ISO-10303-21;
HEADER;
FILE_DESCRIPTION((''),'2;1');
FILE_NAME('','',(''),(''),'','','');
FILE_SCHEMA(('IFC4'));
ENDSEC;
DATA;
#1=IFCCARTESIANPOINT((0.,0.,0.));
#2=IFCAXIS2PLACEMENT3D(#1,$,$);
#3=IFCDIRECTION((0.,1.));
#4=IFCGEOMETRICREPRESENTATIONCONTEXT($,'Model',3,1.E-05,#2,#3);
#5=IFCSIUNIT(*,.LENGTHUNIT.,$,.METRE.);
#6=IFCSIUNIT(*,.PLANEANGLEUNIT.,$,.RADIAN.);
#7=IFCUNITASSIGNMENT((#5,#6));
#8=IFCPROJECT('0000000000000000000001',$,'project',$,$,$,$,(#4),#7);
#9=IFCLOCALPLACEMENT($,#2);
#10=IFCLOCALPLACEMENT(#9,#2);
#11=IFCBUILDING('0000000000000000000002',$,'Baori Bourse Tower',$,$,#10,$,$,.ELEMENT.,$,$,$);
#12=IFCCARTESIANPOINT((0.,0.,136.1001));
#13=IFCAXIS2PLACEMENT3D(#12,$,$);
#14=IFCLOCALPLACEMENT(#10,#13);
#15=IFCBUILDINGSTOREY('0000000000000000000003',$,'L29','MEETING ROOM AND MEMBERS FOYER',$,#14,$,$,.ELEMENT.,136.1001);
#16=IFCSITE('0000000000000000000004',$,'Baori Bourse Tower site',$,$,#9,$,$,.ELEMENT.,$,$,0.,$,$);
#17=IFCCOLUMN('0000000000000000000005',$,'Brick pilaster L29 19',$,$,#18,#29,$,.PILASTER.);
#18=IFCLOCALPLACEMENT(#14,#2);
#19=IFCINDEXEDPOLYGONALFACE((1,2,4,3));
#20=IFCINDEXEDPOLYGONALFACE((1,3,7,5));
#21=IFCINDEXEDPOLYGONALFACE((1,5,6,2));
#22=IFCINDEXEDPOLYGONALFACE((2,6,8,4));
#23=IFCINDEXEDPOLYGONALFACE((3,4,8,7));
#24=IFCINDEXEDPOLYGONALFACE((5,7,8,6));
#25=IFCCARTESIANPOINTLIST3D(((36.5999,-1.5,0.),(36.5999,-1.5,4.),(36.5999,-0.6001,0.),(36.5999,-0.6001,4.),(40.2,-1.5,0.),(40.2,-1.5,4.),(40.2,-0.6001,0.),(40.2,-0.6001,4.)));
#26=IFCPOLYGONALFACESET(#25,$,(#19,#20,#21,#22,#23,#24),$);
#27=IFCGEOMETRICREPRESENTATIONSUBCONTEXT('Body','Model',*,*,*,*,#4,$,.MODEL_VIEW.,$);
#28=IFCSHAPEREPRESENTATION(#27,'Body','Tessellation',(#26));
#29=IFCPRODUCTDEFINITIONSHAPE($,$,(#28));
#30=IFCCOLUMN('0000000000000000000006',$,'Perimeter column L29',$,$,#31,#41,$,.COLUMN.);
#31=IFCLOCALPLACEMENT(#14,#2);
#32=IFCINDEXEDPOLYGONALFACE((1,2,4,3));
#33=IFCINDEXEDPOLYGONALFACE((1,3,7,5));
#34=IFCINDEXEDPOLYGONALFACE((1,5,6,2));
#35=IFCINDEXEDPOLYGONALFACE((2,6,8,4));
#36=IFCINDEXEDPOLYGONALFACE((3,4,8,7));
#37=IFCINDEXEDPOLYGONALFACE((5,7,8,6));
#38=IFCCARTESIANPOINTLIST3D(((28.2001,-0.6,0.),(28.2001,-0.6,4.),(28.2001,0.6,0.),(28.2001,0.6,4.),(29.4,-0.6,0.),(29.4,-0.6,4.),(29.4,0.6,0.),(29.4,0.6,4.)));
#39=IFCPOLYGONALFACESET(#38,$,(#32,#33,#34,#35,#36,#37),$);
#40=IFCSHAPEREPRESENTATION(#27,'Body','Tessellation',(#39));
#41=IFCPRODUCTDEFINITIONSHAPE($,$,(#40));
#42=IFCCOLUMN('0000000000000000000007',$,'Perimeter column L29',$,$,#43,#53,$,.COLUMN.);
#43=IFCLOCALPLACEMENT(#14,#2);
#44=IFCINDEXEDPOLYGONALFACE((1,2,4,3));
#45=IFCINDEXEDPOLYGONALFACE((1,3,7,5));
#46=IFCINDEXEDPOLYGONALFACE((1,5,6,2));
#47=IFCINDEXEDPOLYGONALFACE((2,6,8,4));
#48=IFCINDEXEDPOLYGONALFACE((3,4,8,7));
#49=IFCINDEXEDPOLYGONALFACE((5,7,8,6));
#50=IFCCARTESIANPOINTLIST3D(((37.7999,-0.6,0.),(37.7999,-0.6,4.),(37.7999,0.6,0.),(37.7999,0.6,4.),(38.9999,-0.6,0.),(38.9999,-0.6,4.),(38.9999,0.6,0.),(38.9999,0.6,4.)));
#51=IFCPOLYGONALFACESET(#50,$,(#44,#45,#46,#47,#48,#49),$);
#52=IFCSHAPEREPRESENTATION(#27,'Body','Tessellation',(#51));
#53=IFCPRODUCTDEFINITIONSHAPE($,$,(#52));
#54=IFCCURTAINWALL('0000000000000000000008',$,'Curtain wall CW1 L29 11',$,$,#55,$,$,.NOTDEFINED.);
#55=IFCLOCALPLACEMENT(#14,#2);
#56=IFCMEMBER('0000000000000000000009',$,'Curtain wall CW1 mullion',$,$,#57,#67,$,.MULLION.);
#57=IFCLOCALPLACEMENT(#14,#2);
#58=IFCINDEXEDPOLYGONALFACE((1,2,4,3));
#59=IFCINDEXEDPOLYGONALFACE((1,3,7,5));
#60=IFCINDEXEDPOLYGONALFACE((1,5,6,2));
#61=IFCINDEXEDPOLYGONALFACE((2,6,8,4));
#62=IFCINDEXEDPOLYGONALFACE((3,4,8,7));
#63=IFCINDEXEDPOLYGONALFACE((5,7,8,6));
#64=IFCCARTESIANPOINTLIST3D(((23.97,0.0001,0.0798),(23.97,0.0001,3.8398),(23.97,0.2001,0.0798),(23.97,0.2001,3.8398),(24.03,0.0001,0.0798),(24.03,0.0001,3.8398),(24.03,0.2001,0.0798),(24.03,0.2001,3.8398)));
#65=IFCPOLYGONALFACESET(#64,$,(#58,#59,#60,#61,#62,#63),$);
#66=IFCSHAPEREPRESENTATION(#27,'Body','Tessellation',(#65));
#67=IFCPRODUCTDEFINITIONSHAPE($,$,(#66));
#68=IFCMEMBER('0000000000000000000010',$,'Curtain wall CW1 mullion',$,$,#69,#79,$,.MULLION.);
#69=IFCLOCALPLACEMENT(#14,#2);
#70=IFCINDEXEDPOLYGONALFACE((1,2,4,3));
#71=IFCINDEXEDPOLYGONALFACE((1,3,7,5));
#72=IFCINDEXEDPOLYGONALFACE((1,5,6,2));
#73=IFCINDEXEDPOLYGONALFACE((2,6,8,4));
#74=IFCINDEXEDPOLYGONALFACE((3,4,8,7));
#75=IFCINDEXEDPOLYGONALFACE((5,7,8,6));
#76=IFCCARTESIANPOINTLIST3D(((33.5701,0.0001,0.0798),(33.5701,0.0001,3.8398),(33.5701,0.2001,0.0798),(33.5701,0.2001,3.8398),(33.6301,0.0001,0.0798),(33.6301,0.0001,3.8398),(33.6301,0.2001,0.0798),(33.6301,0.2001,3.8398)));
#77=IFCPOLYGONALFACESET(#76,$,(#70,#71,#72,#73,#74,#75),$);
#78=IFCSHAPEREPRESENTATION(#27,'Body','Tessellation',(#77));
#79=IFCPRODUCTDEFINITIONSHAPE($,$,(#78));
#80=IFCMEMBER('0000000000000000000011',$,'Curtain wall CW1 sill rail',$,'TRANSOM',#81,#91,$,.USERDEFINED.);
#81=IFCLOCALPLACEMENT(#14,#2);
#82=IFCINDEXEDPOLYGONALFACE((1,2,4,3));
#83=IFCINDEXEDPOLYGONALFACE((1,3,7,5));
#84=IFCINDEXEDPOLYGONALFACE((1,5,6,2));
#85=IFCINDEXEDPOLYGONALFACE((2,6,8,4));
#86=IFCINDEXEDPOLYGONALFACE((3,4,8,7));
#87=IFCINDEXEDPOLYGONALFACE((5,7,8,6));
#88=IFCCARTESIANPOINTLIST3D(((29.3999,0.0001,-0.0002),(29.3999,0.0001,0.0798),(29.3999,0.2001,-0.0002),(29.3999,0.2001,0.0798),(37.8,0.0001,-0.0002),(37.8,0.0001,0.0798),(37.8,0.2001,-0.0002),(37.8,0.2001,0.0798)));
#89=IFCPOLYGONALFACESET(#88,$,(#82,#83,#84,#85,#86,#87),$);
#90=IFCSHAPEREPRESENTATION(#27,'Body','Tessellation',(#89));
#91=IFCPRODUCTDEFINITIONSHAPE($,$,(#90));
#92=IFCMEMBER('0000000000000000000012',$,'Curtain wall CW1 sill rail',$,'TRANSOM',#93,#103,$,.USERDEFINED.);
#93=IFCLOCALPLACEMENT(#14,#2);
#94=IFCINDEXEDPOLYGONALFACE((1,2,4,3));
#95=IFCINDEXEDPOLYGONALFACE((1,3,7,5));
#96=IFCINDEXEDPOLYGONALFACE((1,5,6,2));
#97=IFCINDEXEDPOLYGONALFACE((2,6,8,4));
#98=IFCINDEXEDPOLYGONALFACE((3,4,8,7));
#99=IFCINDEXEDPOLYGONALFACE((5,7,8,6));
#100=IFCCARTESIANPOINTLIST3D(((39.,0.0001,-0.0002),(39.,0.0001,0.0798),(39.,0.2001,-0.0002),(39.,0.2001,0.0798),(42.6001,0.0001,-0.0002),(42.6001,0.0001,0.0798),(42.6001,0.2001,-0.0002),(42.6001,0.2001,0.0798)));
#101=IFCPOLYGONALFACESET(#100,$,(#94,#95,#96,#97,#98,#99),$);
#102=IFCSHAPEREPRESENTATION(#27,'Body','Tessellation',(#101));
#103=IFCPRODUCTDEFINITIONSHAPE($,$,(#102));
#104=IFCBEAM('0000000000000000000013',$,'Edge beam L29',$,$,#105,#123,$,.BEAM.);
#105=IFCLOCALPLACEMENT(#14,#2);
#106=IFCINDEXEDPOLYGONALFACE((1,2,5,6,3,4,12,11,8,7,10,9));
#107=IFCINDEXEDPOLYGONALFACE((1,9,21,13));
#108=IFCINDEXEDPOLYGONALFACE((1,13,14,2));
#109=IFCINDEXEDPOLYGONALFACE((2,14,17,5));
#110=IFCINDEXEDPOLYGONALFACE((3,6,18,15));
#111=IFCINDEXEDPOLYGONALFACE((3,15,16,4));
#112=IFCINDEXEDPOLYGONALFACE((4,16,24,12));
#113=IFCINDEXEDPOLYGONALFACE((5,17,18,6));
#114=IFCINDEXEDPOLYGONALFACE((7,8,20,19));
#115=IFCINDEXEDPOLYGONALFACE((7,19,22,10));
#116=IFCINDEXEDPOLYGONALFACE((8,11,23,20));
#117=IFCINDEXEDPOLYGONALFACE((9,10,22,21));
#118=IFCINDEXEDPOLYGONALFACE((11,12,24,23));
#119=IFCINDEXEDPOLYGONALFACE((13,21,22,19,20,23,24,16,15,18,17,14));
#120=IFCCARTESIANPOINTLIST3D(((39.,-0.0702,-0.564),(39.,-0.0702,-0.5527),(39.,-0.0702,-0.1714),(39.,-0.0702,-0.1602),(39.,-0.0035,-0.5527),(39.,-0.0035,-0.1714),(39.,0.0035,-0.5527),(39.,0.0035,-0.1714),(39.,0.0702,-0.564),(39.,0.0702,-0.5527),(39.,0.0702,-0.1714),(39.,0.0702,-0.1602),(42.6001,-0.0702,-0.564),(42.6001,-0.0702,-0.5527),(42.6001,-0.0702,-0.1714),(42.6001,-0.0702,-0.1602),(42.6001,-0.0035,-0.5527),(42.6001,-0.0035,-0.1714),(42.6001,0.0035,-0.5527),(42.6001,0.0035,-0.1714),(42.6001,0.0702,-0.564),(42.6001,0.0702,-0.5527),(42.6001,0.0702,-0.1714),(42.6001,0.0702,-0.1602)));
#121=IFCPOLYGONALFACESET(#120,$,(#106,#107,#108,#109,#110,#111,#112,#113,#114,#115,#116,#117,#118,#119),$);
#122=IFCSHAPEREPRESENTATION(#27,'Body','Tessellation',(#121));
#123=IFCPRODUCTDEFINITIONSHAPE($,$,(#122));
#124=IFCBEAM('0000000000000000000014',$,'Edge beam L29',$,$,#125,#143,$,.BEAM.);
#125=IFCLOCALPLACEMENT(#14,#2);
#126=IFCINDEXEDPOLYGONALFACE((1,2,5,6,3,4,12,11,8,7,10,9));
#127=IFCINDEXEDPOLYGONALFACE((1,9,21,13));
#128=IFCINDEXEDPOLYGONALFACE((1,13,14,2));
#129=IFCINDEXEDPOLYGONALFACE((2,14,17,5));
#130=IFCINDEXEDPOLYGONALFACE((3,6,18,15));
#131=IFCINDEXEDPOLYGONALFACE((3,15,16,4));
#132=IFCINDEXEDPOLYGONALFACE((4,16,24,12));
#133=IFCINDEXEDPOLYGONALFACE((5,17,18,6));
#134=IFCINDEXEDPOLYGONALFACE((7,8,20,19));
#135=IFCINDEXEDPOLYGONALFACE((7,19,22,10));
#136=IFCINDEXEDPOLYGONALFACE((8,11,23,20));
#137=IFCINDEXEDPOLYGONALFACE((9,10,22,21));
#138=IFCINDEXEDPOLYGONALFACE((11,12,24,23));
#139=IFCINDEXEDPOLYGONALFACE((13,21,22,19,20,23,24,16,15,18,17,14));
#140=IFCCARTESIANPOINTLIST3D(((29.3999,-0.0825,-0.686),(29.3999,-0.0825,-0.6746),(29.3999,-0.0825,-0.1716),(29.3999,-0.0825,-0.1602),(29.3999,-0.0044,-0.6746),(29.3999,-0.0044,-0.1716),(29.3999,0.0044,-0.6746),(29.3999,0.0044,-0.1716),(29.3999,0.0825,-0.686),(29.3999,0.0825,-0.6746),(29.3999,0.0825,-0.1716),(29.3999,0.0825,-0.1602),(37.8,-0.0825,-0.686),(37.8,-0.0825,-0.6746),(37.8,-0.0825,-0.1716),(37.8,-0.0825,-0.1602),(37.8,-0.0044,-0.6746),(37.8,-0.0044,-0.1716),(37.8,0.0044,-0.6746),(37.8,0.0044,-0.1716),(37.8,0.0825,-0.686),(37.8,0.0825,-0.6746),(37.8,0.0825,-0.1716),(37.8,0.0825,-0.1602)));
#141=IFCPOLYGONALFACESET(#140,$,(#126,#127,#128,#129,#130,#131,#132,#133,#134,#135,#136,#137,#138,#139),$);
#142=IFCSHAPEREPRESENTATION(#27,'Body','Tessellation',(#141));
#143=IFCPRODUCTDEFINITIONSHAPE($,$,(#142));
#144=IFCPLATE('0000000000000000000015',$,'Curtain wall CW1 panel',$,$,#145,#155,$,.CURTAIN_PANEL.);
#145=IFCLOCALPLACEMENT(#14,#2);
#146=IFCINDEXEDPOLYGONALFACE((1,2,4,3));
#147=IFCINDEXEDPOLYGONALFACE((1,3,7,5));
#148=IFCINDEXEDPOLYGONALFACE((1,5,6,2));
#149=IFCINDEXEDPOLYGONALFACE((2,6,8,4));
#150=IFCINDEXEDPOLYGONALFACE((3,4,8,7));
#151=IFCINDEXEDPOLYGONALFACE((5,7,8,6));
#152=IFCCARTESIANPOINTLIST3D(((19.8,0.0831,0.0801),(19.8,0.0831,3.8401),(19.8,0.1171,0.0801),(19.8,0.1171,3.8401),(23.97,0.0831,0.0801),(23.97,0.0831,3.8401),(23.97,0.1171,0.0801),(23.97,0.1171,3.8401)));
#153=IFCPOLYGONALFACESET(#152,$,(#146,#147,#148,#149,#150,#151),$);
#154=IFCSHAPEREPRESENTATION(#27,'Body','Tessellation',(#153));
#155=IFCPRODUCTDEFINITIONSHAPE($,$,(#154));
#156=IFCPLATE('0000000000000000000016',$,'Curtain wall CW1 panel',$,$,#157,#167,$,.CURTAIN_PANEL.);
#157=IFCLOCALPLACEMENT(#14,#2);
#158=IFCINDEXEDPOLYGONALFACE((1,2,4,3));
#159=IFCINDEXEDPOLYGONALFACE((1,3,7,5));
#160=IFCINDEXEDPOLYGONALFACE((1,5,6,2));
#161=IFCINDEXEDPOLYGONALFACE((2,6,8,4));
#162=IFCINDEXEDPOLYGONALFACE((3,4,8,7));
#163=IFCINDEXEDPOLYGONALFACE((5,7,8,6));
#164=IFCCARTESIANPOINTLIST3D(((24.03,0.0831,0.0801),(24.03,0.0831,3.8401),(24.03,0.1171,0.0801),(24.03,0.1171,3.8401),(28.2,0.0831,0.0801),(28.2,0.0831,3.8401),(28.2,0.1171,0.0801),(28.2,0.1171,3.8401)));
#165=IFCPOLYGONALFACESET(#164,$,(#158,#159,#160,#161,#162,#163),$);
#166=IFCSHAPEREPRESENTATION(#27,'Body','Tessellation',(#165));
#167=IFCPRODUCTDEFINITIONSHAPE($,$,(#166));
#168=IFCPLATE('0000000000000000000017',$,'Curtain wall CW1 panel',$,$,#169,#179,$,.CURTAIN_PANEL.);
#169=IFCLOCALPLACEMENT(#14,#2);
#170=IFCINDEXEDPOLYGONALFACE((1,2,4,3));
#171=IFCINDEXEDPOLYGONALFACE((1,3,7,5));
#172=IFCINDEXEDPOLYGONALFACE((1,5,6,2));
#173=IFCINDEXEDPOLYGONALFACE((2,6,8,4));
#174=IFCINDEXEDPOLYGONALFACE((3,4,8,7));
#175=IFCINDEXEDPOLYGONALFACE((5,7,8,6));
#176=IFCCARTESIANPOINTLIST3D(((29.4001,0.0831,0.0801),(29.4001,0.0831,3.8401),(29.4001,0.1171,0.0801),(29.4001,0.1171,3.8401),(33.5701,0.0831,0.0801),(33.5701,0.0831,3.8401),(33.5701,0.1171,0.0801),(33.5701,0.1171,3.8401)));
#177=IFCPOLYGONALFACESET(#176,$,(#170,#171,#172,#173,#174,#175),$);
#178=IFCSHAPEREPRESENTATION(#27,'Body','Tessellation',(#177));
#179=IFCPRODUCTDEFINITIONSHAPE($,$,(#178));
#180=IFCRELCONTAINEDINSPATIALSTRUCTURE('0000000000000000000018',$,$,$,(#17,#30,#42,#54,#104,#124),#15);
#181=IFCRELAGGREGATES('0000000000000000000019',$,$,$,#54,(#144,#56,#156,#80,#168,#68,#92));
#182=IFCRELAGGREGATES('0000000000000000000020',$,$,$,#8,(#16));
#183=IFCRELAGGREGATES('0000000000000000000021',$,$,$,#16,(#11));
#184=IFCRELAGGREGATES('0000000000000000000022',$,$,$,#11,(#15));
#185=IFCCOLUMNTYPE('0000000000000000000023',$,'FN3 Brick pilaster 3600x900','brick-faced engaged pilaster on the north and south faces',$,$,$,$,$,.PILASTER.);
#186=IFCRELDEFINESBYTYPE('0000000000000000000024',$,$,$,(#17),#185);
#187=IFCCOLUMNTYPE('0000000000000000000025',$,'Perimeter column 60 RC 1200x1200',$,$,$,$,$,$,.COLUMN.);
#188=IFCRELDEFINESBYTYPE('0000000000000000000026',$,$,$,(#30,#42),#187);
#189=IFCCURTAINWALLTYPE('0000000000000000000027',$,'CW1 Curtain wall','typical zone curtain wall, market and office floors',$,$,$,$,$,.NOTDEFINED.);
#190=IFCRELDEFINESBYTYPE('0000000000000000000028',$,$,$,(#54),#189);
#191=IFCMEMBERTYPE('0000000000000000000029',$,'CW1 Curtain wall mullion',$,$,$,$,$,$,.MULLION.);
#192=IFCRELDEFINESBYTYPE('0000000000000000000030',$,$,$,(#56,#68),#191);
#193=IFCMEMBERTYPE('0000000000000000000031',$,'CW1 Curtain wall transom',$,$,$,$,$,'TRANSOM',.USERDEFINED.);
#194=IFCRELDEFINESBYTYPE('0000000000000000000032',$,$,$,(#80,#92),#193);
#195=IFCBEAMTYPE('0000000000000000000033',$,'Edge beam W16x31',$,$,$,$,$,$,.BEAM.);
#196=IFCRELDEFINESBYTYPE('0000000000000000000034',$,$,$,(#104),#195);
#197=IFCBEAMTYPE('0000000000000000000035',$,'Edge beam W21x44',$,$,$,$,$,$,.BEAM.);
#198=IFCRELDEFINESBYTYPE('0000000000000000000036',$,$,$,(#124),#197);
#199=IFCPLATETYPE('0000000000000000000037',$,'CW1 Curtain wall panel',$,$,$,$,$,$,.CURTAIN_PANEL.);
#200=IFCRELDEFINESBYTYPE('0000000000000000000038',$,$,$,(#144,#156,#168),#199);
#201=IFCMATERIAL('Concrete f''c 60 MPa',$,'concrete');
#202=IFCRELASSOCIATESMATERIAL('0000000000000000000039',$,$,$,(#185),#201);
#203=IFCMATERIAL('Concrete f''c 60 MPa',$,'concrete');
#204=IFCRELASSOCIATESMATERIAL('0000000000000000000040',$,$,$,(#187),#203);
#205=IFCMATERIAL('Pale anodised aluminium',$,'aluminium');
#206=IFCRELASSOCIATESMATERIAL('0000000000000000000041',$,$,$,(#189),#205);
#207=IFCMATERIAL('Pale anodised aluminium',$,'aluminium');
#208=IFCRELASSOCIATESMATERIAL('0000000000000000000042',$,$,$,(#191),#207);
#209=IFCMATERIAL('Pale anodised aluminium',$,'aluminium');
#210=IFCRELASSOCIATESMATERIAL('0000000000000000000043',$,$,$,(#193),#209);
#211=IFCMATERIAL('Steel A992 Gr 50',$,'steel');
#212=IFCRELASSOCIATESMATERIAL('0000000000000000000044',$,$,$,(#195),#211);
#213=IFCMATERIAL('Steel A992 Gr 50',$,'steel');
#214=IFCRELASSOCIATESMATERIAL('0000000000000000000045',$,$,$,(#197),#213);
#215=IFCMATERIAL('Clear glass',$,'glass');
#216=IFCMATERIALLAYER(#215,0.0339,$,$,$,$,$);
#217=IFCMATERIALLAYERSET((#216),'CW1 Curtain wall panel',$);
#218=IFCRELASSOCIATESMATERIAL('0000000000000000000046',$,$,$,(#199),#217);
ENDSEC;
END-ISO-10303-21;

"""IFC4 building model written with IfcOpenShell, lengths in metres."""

from ifc_helpers import new_model, si_unit, direction, frame, origin, origin_2d, place, context, subcontext, project, spatial, rectangle, i_section, extrude, material, layer, layer_set, material_profile, profile_set, type_object, element, aggregate, save


model = new_model("IFC4")

# Units and contexts
model_context = context("Model", 3, precision=1e-05, world=origin(), true_north=direction((0.0, 1.0)))
body_context = subcontext(model_context, "Body", "Model", "MODEL_VIEW")
ifc_project = project(units=[si_unit("LENGTHUNIT", "METRE"), si_unit("PLANEANGLEUNIT", "RADIAN")], contexts=[model_context])

# Site, building, storey
site_placement = place(None, origin())
site = spatial("IfcSite", under=ifc_project, at=site_placement, Name="Baori Bourse Tower site", CompositionType="ELEMENT", RefElevation=0.0)
building_placement = place(site_placement, origin())
building = spatial("IfcBuilding", under=site, at=building_placement, Name="Baori Bourse Tower", CompositionType="ELEMENT")
storey_placement = place(building_placement, frame((0.0, 0.0, 136.1001)))
storey = spatial("IfcBuildingStorey", under=building, at=storey_placement, Name="L29", Description="MEETING ROOM AND MEMBERS FOYER", CompositionType="ELEMENT", Elevation=136.1001)

# Columns
ifc_material_1 = material(Name="Concrete f'c 60 MPa", Category="concrete")
ifc_material_profile_1 = material_profile(ifc_material_1, rectangle(XDim=3.6001, YDim=0.8999, at=origin_2d()), Name="RC 3600x900")
ifc_profile_set_1 = profile_set([ifc_material_profile_1], Name="Concrete f'c 60 MPa")
column_type_1 = type_object("IfcColumnType", Name="FN3 Brick pilaster 3600x900", Description="brick-faced engaged pilaster on the north and south faces", PredefinedType="PILASTER", material=ifc_profile_set_1)
column_placement = place(storey_placement, frame((38.3999, -1.05, 0.0), z_axis=(0.0, 0.0, 1.0), x_axis=(1.0, 0.0, 0.0)))
element("IfcColumn", 1, at=column_placement, inside=storey, type_object=column_type_1, Name="Brick pilaster L29 19", PredefinedType="PILASTER", context=body_context, shape_type="SweptSolid", body=[
    extrude(rectangle(XDim=3.6001, YDim=0.8999, at=origin_2d()), origin(), (0.0, 0.0, 1.0), 4.0),
])
ifc_material_2 = material(Name="Concrete f'c 60 MPa", Category="concrete")
ifc_material_profile_2 = material_profile(ifc_material_2, rectangle(XDim=1.2, YDim=1.2, at=origin_2d()), Name="RC 1200x1200")
ifc_profile_set_2 = profile_set([ifc_material_profile_2], Name="Concrete f'c 60 MPa")
column_type_2 = type_object("IfcColumnType", Name="Perimeter column 60 RC 1200x1200", PredefinedType="COLUMN", material=ifc_profile_set_2)
for number, where, z_axis, x_axis, name in (
    (2, (28.8, 0.0, 0.0), (0.0, 0.0, 1.0), (1.0, 0.0, 0.0), "Perimeter column L29"),
    (3, (38.3999, 0.0, 0.0), (0.0, 0.0, 1.0), (1.0, 0.0, 0.0), "Perimeter column L29"),
):
    element("IfcColumn", number, at=place(storey_placement, frame(where, z_axis=z_axis, x_axis=x_axis)), inside=storey, type_object=column_type_2, Name=name, PredefinedType="COLUMN", context=body_context, shape_type="SweptSolid", body=[
        extrude(rectangle(XDim=1.2, YDim=1.2, at=origin_2d()), origin(), (0.0, 0.0, 1.0), 4.0),
    ])

# Curtain wall, members
ifc_material_3 = material(Name="Pale anodised aluminium", Category="aluminium")
curtain_wall_type = type_object("IfcCurtainWallType", Name="CW1 Curtain wall", Description="typical zone curtain wall, market and office floors", PredefinedType="NOTDEFINED", material=ifc_material_3)
curtain_wall_placement = place(storey_placement, origin())
curtain_wall = element("IfcCurtainWall", 4, at=curtain_wall_placement, inside=storey, type_object=curtain_wall_type, Name="Curtain wall CW1 L29 11", PredefinedType="NOTDEFINED")
ifc_material_4 = material(Name="Pale anodised aluminium", Category="aluminium")
ifc_material_profile_3 = material_profile(ifc_material_4, rectangle(XDim=0.2, YDim=0.0601, at=origin_2d()), Name="Mullion 60x200")
ifc_profile_set_3 = profile_set([ifc_material_profile_3], Name="Pale anodised aluminium")
member_type_1 = type_object("IfcMemberType", Name="CW1 Curtain wall mullion", PredefinedType="MULLION", material=ifc_profile_set_3)
member_1_placement = place(storey_placement, frame((24.0, 0.1001, 0.0798), z_axis=(0.0, 0.0, 1.0), x_axis=(0.0, 1.0, 0.0)))
member_1 = element("IfcMember", 5, at=member_1_placement, type_object=member_type_1, Name="Curtain wall CW1 mullion", PredefinedType="MULLION", context=body_context, shape_type="SweptSolid", body=[
    extrude(rectangle(XDim=0.2, YDim=0.0601, at=origin_2d()), origin(), (0.0, 0.0, 1.0), 3.76),
])
member_2_placement = place(storey_placement, frame((33.6001, 0.1001, 0.0798), z_axis=(0.0, 0.0, 1.0), x_axis=(0.0, 1.0, 0.0)))
member_2 = element("IfcMember", 6, at=member_2_placement, type_object=member_type_1, Name="Curtain wall CW1 mullion", PredefinedType="MULLION", context=body_context, shape_type="SweptSolid", body=[
    extrude(rectangle(XDim=0.2, YDim=0.0601, at=origin_2d()), origin(), (0.0, 0.0, 1.0), 3.76),
])
ifc_material_5 = material(Name="Pale anodised aluminium", Category="aluminium")
ifc_material_profile_4 = material_profile(ifc_material_5, rectangle(XDim=0.2, YDim=0.0801, at=origin_2d()), Name="Transom 80x200")
ifc_profile_set_4 = profile_set([ifc_material_profile_4], Name="Pale anodised aluminium")
member_type_2 = type_object("IfcMemberType", Name="CW1 Curtain wall transom", ElementType="TRANSOM", PredefinedType="USERDEFINED", material=ifc_profile_set_4)
member_3_placement = place(storey_placement, frame((29.3999, 0.1001, 0.0398), z_axis=(1.0, 0.0, 0.0), x_axis=(0.0, 1.0, 0.0)))
member_3 = element("IfcMember", 7, at=member_3_placement, type_object=member_type_2, Name="Curtain wall CW1 sill rail", ObjectType="TRANSOM", PredefinedType="USERDEFINED", context=body_context, shape_type="SweptSolid", body=[
    extrude(rectangle(XDim=0.2, YDim=0.0801, at=origin_2d()), origin(), (0.0, 0.0, 1.0), 8.4001),
])
member_4_placement = place(storey_placement, frame((39.0, 0.1001, 0.0398), z_axis=(1.0, 0.0, 0.0), x_axis=(0.0, 1.0, 0.0)))
member_4 = element("IfcMember", 8, at=member_4_placement, type_object=member_type_2, Name="Curtain wall CW1 sill rail", ObjectType="TRANSOM", PredefinedType="USERDEFINED", context=body_context, shape_type="SweptSolid", body=[
    extrude(rectangle(XDim=0.2, YDim=0.0801, at=origin_2d()), origin(), (0.0, 0.0, 1.0), 3.6001),
])

# Beams
ifc_material_6 = material(Name="Steel A992 Gr 50", Category="steel")
ifc_material_profile_5 = material_profile(ifc_material_6, i_section(OverallWidth=0.1404, OverallDepth=0.4038, WebThickness=0.0071, FlangeThickness=0.0112, at=origin_2d()), Name="W16x31")
ifc_profile_set_5 = profile_set([ifc_material_profile_5], Name="Steel A992 Gr 50")
beam_type_1 = type_object("IfcBeamType", Name="Edge beam W16x31", PredefinedType="BEAM", material=ifc_profile_set_5)
beam_1_placement = place(storey_placement, frame((39.0, 0.0, -0.3621), z_axis=(1.0, 0.0, 0.0), x_axis=(0.0, 1.0, 0.0)))
element("IfcBeam", 9, at=beam_1_placement, inside=storey, type_object=beam_type_1, Name="Edge beam L29", PredefinedType="BEAM", context=body_context, shape_type="SweptSolid", body=[
    extrude(i_section(OverallWidth=0.1404, OverallDepth=0.4038, WebThickness=0.0071, FlangeThickness=0.0112, at=origin_2d()), origin(), (0.0, 0.0, 1.0), 3.6001),
])
ifc_material_7 = material(Name="Steel A992 Gr 50", Category="steel")
ifc_material_profile_6 = material_profile(ifc_material_7, i_section(OverallWidth=0.165, OverallDepth=0.5259, WebThickness=0.0088, FlangeThickness=0.0115, at=origin_2d()), Name="W21x44")
ifc_profile_set_6 = profile_set([ifc_material_profile_6], Name="Steel A992 Gr 50")
beam_type_2 = type_object("IfcBeamType", Name="Edge beam W21x44", PredefinedType="BEAM", material=ifc_profile_set_6)
beam_2_placement = place(storey_placement, frame((29.3999, 0.0, -0.4231), z_axis=(1.0, 0.0, 0.0), x_axis=(0.0, 1.0, 0.0)))
element("IfcBeam", 10, at=beam_2_placement, inside=storey, type_object=beam_type_2, Name="Edge beam L29", PredefinedType="BEAM", context=body_context, shape_type="SweptSolid", body=[
    extrude(i_section(OverallWidth=0.165, OverallDepth=0.5259, WebThickness=0.0088, FlangeThickness=0.0115, at=origin_2d()), origin(), (0.0, 0.0, 1.0), 8.4001),
])

# Plates
ifc_material_8 = material(Name="Clear glass", Category="glass")
ifc_layer = layer(ifc_material_8, 0.0339)
ifc_layer_set = layer_set([ifc_layer], Name="CW1 Curtain wall panel")
plate_type = type_object("IfcPlateType", Name="CW1 Curtain wall panel", PredefinedType="CURTAIN_PANEL", material=ifc_layer_set)
plate_1_placement = place(storey_placement, frame((21.885, 0.1001, 0.0801), z_axis=(0.0, 0.0, 1.0), x_axis=(1.0, 0.0, 0.0)))
plate_1 = element("IfcPlate", 11, at=plate_1_placement, type_object=plate_type, Name="Curtain wall CW1 panel", PredefinedType="CURTAIN_PANEL", context=body_context, shape_type="SweptSolid", body=[
    extrude(rectangle(XDim=4.1699, YDim=0.0339, at=origin_2d()), origin(), (0.0, 0.0, 1.0), 3.76),
])
plate_2_placement = place(storey_placement, frame((26.115, 0.1001, 0.0801), z_axis=(0.0, 0.0, 1.0), x_axis=(1.0, 0.0, 0.0)))
plate_2 = element("IfcPlate", 12, at=plate_2_placement, type_object=plate_type, Name="Curtain wall CW1 panel", PredefinedType="CURTAIN_PANEL", context=body_context, shape_type="SweptSolid", body=[
    extrude(rectangle(XDim=4.1699, YDim=0.0339, at=origin_2d()), origin(), (0.0, 0.0, 1.0), 3.76),
])
plate_3_placement = place(storey_placement, frame((31.4851, 0.1001, 0.0801), z_axis=(0.0, 0.0, 1.0), x_axis=(1.0, 0.0, 0.0)))
plate_3 = element("IfcPlate", 13, at=plate_3_placement, type_object=plate_type, Name="Curtain wall CW1 panel", PredefinedType="CURTAIN_PANEL", context=body_context, shape_type="SweptSolid", body=[
    extrude(rectangle(XDim=4.1699, YDim=0.0339, at=origin_2d()), origin(), (0.0, 0.0, 1.0), 3.76),
])
aggregate(curtain_wall, [plate_1, member_1, plate_2, member_3, plate_3, member_2, member_4])

save(model, "model.ifc")
